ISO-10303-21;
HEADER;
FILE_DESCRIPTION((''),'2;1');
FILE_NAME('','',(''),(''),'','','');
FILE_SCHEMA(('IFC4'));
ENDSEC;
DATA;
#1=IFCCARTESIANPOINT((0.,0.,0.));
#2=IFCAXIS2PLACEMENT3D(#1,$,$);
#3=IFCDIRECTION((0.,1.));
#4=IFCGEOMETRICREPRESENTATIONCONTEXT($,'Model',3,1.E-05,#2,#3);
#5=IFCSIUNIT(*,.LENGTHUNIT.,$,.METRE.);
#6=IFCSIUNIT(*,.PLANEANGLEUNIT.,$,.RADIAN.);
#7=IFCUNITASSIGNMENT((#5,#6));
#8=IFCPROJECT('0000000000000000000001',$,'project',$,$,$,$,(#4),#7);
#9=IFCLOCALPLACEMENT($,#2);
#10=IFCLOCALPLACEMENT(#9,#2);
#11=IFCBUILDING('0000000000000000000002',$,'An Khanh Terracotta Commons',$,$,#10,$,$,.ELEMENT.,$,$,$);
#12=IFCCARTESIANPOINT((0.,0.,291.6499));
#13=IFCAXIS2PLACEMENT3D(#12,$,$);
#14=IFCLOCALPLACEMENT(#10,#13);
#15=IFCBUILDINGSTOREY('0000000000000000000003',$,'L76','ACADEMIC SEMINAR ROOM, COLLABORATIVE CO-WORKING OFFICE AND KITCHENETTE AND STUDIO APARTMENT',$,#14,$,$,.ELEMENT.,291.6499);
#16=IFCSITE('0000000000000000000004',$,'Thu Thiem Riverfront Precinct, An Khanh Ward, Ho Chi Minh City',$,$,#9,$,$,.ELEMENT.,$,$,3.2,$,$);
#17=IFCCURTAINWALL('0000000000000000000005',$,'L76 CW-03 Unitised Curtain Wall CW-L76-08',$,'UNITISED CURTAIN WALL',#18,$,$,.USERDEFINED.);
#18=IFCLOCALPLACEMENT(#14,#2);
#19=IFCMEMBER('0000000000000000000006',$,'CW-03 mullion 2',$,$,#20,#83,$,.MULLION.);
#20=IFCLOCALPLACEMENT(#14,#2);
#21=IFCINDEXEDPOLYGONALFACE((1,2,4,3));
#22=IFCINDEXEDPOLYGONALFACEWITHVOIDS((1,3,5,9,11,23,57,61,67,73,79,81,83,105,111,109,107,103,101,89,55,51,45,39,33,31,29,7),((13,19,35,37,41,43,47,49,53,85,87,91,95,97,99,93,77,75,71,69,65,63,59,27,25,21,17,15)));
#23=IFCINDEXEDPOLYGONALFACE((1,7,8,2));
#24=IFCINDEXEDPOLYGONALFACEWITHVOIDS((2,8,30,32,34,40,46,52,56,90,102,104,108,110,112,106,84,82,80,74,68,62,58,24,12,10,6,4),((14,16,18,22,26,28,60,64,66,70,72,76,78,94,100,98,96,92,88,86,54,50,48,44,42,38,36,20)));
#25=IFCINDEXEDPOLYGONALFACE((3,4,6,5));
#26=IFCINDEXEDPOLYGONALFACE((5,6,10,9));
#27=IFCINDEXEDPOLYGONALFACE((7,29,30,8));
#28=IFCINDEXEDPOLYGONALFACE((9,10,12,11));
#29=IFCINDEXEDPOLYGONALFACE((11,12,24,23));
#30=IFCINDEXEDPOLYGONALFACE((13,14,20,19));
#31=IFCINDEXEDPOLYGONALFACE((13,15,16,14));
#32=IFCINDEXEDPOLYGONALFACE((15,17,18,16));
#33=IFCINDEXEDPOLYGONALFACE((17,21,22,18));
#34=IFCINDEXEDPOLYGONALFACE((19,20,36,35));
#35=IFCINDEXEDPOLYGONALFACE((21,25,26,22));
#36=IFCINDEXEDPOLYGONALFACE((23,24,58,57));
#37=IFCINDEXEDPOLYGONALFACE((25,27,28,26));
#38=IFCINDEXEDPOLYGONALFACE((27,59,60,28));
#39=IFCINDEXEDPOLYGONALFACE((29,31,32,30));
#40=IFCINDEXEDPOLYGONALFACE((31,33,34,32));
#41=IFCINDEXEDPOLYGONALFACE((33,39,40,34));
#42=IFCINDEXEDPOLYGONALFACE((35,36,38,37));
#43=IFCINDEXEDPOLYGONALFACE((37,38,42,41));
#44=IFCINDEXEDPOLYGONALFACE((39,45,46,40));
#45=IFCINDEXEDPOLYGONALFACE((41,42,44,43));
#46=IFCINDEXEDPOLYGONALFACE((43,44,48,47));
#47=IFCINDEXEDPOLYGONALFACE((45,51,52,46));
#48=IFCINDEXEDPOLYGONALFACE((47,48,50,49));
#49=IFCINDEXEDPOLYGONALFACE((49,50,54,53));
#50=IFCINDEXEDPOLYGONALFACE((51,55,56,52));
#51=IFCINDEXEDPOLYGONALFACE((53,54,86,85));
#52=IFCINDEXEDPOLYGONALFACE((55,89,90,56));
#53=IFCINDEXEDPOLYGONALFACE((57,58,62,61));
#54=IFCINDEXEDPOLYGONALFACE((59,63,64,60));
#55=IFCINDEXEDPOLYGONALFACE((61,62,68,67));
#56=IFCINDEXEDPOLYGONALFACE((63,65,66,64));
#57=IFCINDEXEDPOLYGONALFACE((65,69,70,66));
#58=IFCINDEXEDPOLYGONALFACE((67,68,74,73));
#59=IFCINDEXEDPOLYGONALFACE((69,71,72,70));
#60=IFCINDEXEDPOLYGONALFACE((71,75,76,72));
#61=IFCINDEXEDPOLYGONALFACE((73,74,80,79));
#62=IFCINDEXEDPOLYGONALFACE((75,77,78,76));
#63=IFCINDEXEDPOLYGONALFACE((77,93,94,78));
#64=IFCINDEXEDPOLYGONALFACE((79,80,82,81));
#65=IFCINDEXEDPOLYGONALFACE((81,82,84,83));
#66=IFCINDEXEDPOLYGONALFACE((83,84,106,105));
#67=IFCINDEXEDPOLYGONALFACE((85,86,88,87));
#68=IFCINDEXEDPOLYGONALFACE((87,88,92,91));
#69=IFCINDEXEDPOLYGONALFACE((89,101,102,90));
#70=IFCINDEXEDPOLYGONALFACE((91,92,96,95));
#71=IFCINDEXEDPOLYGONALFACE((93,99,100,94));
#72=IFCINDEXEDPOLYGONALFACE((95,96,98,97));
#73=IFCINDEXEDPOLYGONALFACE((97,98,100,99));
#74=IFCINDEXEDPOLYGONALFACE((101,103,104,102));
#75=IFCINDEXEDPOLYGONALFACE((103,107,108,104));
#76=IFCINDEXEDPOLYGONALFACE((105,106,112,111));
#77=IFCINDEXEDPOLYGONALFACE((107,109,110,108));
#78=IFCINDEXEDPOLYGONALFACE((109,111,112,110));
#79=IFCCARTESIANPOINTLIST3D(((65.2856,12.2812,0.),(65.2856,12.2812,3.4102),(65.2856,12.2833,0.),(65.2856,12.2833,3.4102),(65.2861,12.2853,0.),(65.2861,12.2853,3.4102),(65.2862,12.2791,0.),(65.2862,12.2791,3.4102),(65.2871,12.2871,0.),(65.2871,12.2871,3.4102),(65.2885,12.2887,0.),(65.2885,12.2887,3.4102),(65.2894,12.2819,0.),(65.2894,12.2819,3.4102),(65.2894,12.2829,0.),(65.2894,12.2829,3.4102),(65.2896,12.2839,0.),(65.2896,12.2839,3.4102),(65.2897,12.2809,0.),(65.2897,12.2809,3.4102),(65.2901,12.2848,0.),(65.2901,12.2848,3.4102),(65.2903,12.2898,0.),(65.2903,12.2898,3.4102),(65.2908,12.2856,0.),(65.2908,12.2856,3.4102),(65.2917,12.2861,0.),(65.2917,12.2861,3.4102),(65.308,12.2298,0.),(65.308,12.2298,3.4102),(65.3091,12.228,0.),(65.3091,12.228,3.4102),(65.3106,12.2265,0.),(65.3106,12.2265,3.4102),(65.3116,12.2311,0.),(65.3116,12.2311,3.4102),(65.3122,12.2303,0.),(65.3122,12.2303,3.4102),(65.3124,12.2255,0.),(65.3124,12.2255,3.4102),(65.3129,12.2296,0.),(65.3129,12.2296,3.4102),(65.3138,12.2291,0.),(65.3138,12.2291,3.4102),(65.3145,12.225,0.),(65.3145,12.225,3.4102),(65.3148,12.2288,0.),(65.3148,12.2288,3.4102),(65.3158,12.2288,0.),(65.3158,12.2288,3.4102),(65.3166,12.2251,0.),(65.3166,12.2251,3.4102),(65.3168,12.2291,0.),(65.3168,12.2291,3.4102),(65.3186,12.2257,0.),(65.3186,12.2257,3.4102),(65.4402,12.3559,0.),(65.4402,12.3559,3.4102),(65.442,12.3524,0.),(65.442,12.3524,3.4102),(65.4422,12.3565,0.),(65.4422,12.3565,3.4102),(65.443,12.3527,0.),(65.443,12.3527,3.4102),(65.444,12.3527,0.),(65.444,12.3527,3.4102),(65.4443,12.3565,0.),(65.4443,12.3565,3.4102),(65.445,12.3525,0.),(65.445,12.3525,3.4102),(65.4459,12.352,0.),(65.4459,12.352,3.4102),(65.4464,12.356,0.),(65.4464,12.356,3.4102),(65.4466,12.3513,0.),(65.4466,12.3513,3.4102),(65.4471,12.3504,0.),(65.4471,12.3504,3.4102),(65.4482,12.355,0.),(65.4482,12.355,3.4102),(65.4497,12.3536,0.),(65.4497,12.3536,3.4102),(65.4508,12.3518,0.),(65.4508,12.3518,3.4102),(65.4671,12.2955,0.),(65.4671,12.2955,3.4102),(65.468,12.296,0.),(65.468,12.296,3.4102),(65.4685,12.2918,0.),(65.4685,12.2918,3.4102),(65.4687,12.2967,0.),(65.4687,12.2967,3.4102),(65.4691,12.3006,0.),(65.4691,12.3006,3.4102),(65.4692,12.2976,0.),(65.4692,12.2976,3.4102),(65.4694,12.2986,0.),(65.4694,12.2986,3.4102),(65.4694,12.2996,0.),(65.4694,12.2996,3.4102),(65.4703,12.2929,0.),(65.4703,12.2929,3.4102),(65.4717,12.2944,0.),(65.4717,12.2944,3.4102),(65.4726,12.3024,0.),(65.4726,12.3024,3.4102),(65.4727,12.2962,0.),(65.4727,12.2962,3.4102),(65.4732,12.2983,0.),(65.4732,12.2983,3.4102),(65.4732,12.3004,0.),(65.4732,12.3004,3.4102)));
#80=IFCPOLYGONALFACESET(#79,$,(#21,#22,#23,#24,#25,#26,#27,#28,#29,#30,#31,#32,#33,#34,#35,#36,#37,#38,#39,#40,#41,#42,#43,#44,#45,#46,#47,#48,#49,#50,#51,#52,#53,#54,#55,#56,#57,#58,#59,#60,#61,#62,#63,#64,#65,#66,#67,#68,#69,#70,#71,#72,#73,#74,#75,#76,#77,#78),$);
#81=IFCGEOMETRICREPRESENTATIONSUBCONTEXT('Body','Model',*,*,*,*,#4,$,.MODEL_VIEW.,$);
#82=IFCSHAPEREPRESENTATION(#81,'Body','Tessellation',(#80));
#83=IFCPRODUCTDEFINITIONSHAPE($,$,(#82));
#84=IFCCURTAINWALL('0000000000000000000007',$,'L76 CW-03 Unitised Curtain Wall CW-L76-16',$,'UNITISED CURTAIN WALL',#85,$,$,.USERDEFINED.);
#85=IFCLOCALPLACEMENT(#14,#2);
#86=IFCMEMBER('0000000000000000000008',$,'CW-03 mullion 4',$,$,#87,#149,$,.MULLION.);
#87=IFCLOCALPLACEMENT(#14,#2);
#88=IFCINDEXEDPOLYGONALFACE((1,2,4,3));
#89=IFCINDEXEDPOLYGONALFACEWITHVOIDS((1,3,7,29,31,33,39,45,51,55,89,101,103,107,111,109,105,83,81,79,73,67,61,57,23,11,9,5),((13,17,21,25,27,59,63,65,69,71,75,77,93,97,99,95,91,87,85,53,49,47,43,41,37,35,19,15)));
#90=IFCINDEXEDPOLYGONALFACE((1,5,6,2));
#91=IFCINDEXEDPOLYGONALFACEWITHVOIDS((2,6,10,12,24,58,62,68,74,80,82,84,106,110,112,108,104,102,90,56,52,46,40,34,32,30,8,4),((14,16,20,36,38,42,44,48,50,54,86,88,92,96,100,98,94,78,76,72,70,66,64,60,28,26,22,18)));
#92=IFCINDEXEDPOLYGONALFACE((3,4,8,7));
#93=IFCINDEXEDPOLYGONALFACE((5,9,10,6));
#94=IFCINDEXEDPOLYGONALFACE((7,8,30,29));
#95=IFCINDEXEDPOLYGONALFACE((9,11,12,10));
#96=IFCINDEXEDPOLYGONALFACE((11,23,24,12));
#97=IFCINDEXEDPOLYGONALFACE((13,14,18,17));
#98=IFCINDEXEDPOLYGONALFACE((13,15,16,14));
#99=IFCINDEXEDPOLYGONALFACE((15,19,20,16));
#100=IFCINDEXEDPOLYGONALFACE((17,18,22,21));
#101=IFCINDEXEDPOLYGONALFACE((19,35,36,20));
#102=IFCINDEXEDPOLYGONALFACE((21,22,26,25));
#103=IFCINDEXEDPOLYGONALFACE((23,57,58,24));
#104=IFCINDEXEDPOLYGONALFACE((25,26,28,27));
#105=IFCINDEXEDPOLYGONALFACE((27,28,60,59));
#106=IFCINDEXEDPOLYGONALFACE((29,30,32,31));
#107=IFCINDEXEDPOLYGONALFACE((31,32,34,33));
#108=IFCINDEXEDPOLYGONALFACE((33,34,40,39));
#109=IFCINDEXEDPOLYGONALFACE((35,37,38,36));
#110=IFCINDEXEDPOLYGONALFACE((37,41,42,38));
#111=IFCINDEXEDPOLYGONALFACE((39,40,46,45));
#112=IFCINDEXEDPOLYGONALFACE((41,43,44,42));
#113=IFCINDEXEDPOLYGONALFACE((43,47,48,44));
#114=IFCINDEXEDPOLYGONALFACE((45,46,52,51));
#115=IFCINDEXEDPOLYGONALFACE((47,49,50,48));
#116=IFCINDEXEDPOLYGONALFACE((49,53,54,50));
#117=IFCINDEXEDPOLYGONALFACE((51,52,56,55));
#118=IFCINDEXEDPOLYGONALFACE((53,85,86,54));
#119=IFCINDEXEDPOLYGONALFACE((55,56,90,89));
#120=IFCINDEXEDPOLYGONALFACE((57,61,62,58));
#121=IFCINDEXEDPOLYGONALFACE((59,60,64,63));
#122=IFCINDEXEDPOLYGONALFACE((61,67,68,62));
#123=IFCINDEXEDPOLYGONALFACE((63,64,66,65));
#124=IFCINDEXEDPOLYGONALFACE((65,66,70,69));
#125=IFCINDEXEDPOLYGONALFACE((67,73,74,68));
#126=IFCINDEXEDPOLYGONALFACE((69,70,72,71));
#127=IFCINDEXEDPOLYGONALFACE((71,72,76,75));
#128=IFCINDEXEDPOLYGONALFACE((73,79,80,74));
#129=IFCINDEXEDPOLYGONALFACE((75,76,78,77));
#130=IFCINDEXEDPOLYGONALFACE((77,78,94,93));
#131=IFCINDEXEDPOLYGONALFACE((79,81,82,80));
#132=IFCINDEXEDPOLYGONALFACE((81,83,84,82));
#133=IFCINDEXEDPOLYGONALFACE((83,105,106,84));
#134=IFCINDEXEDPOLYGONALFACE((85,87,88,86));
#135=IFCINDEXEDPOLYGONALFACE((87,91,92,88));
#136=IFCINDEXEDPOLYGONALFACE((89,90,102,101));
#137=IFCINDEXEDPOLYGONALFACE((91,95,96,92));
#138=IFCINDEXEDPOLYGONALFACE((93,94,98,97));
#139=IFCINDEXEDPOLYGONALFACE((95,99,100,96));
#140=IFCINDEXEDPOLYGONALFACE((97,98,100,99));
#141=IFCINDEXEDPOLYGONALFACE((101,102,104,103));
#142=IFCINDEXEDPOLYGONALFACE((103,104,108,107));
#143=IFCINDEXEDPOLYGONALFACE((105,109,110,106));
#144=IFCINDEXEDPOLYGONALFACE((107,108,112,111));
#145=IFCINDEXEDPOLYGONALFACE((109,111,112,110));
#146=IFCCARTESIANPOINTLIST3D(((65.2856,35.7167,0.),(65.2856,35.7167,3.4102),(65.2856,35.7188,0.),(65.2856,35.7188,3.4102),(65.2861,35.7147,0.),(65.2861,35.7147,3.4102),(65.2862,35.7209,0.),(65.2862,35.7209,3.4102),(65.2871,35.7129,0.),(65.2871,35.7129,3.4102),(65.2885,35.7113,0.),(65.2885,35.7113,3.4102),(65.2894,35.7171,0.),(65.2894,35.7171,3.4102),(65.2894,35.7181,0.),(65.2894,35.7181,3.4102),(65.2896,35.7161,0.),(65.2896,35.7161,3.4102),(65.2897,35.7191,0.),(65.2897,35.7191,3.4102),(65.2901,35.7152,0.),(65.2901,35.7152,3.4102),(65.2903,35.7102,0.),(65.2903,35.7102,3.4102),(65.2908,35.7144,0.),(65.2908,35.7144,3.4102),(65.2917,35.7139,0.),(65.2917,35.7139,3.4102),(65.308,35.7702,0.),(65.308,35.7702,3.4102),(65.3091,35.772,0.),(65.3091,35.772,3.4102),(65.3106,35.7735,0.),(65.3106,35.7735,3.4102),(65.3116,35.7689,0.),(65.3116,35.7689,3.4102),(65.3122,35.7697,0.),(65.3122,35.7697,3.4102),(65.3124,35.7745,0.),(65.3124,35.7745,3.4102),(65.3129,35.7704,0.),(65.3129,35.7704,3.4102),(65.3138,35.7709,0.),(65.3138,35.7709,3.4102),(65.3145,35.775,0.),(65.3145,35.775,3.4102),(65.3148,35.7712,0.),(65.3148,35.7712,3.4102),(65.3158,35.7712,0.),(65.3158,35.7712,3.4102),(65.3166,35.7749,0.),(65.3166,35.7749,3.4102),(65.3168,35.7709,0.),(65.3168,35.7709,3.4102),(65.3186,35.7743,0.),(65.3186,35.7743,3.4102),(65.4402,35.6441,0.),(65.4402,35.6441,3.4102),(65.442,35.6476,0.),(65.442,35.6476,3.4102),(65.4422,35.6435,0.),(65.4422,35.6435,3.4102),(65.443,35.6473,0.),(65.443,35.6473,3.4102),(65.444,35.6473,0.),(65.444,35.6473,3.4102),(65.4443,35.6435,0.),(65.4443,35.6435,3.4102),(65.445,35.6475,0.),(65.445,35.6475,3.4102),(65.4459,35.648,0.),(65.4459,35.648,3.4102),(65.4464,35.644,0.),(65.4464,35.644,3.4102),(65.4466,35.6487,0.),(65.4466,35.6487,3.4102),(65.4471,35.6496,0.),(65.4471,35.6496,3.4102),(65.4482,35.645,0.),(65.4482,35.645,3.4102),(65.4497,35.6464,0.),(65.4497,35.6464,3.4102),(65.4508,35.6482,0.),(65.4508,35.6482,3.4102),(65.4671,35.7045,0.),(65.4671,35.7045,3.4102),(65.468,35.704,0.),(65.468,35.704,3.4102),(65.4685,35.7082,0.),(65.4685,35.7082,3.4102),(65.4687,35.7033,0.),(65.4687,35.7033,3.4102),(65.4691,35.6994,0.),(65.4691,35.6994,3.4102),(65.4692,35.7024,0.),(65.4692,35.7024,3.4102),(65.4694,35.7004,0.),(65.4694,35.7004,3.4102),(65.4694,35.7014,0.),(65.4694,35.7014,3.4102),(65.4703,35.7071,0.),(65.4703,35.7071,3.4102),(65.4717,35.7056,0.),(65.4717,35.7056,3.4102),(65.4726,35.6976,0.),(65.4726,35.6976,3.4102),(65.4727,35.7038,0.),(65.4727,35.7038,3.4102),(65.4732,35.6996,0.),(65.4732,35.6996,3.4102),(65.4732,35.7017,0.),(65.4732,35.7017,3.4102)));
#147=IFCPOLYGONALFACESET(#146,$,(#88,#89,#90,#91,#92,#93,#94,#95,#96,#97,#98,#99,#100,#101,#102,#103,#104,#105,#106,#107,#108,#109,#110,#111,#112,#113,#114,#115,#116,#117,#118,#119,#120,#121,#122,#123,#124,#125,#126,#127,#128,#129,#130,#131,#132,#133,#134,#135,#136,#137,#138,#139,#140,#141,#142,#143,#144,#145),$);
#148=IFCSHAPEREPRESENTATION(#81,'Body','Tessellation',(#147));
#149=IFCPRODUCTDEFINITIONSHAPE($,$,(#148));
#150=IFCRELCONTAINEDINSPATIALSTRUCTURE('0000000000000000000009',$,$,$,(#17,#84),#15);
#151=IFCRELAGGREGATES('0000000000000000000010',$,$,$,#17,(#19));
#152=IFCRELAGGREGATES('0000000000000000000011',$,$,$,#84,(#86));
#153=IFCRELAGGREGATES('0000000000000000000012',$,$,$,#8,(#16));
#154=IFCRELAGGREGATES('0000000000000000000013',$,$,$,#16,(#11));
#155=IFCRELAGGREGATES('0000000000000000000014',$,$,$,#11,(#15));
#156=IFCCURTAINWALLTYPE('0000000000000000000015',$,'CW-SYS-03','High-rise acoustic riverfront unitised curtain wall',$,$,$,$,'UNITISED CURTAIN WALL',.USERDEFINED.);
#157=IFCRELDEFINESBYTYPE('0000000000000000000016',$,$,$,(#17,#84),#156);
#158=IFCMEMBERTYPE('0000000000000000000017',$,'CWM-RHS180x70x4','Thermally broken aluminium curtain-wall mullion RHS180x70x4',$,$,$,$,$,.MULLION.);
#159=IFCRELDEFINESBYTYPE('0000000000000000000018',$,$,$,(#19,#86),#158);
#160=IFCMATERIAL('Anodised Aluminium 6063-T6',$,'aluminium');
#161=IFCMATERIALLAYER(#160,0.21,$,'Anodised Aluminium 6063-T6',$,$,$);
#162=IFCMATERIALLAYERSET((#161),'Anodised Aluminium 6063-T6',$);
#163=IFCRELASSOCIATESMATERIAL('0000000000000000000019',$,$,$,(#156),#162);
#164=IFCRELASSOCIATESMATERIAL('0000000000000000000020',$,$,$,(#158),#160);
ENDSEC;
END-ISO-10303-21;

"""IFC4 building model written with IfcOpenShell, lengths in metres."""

from ifc_helpers import new_model, si_unit, direction, frame, origin, origin_2d, place, context, subcontext, project, spatial, hollow_rectangle, extrude, material, layer, layer_set, material_profile, profile_set, type_object, element, aggregate, save


model = new_model("IFC4")

# Units and contexts
model_context = context("Model", 3, precision=1e-05, world=origin(), true_north=direction((0.0, 1.0)))
body_context = subcontext(model_context, "Body", "Model", "MODEL_VIEW")
ifc_project = project(units=[si_unit("LENGTHUNIT", "METRE"), si_unit("PLANEANGLEUNIT", "RADIAN")], contexts=[model_context])

# Site, building, storey
site_placement = place(None, origin())
site = spatial("IfcSite", under=ifc_project, at=site_placement, Name="Thu Thiem Riverfront Precinct, An Khanh Ward, Ho Chi Minh City", CompositionType="ELEMENT", RefElevation=3.2)
building_placement = place(site_placement, origin())
building = spatial("IfcBuilding", under=site, at=building_placement, Name="An Khanh Terracotta Commons", CompositionType="ELEMENT")
storey_placement = place(building_placement, frame((0.0, 0.0, 291.6499)))
storey = spatial("IfcBuildingStorey", under=building, at=storey_placement, Name="L76", Description="ACADEMIC SEMINAR ROOM, COLLABORATIVE CO-WORKING OFFICE AND KITCHENETTE AND STUDIO APARTMENT", CompositionType="ELEMENT", Elevation=291.6499)

# Curtain walls, members
ifc_material_1 = material(Name="Anodised Aluminium 6063-T6", Category="aluminium")
ifc_layer_1 = layer(ifc_material_1, 0.21, Name="Anodised Aluminium 6063-T6")
ifc_layer_set_1 = layer_set([ifc_layer_1], Name="Anodised Aluminium 6063-T6")
curtain_wall_type = type_object("IfcCurtainWallType", Name="CW-SYS-03", Description="High-rise acoustic riverfront unitised curtain wall", ElementType="UNITISED CURTAIN WALL", PredefinedType="USERDEFINED", material=ifc_layer_set_1)
curtain_wall_1_placement = place(storey_placement, origin())
curtain_wall_1 = element("IfcCurtainWall", 1, at=curtain_wall_1_placement, inside=storey, type_object=curtain_wall_type, Name="L76 CW-03 Unitised Curtain Wall CW-L76-08", ObjectType="UNITISED CURTAIN WALL", PredefinedType="USERDEFINED")
ifc_material_profile_1 = material_profile(ifc_material_1, hollow_rectangle(XDim=0.0701, YDim=0.1799, WallThickness=0.0039, InnerFilletRadius=0.0039, OuterFilletRadius=0.0081, at=origin_2d()), Name="RHS180x70x4")
ifc_profile_set_1 = profile_set([ifc_material_profile_1], Name="Anodised Aluminium 6063-T6")
member_type_1 = type_object("IfcMemberType", Name="CWM-RHS180x70x4", Description="Thermally broken aluminium curtain-wall mullion RHS180x70x4", PredefinedType="MULLION", material=ifc_profile_set_1)
member_1_placement = place(storey_placement, frame((65.3794, 12.2908, 0.0), z_axis=(0.0, 0.0, 1.0), x_axis=(-0.403676, 0.914902, 0.0)))
member_1 = element("IfcMember", 2, at=member_1_placement, type_object=member_type_1, Name="CW-03 mullion 2", PredefinedType="MULLION", context=body_context, shape_type="SweptSolid", body=[
    extrude(hollow_rectangle(XDim=0.0701, YDim=0.1799, WallThickness=0.0039, InnerFilletRadius=0.0039, OuterFilletRadius=0.0081, at=origin_2d()), origin(), (0.0, 0.0, 1.0), 3.4102),
])
curtain_wall_2_placement = place(storey_placement, origin())
curtain_wall_2 = element("IfcCurtainWall", 3, at=curtain_wall_2_placement, inside=storey, type_object=curtain_wall_type, Name="L76 CW-03 Unitised Curtain Wall CW-L76-16", ObjectType="UNITISED CURTAIN WALL", PredefinedType="USERDEFINED")
member_2_placement = place(storey_placement, frame((65.3794, 35.7092, 0.0), z_axis=(0.0, 0.0, 1.0), x_axis=(-0.403676, -0.914902, 0.0)))
member_2 = element("IfcMember", 4, at=member_2_placement, type_object=member_type_1, Name="CW-03 mullion 4", PredefinedType="MULLION", context=body_context, shape_type="SweptSolid", body=[
    extrude(hollow_rectangle(XDim=0.0701, YDim=0.1799, WallThickness=0.0039, InnerFilletRadius=0.0039, OuterFilletRadius=0.0081, at=origin_2d()), origin(), (0.0, 0.0, 1.0), 3.4102),
])

aggregate(curtain_wall_1, [member_1])
aggregate(curtain_wall_2, [member_2])

save(model, "model.ifc")
